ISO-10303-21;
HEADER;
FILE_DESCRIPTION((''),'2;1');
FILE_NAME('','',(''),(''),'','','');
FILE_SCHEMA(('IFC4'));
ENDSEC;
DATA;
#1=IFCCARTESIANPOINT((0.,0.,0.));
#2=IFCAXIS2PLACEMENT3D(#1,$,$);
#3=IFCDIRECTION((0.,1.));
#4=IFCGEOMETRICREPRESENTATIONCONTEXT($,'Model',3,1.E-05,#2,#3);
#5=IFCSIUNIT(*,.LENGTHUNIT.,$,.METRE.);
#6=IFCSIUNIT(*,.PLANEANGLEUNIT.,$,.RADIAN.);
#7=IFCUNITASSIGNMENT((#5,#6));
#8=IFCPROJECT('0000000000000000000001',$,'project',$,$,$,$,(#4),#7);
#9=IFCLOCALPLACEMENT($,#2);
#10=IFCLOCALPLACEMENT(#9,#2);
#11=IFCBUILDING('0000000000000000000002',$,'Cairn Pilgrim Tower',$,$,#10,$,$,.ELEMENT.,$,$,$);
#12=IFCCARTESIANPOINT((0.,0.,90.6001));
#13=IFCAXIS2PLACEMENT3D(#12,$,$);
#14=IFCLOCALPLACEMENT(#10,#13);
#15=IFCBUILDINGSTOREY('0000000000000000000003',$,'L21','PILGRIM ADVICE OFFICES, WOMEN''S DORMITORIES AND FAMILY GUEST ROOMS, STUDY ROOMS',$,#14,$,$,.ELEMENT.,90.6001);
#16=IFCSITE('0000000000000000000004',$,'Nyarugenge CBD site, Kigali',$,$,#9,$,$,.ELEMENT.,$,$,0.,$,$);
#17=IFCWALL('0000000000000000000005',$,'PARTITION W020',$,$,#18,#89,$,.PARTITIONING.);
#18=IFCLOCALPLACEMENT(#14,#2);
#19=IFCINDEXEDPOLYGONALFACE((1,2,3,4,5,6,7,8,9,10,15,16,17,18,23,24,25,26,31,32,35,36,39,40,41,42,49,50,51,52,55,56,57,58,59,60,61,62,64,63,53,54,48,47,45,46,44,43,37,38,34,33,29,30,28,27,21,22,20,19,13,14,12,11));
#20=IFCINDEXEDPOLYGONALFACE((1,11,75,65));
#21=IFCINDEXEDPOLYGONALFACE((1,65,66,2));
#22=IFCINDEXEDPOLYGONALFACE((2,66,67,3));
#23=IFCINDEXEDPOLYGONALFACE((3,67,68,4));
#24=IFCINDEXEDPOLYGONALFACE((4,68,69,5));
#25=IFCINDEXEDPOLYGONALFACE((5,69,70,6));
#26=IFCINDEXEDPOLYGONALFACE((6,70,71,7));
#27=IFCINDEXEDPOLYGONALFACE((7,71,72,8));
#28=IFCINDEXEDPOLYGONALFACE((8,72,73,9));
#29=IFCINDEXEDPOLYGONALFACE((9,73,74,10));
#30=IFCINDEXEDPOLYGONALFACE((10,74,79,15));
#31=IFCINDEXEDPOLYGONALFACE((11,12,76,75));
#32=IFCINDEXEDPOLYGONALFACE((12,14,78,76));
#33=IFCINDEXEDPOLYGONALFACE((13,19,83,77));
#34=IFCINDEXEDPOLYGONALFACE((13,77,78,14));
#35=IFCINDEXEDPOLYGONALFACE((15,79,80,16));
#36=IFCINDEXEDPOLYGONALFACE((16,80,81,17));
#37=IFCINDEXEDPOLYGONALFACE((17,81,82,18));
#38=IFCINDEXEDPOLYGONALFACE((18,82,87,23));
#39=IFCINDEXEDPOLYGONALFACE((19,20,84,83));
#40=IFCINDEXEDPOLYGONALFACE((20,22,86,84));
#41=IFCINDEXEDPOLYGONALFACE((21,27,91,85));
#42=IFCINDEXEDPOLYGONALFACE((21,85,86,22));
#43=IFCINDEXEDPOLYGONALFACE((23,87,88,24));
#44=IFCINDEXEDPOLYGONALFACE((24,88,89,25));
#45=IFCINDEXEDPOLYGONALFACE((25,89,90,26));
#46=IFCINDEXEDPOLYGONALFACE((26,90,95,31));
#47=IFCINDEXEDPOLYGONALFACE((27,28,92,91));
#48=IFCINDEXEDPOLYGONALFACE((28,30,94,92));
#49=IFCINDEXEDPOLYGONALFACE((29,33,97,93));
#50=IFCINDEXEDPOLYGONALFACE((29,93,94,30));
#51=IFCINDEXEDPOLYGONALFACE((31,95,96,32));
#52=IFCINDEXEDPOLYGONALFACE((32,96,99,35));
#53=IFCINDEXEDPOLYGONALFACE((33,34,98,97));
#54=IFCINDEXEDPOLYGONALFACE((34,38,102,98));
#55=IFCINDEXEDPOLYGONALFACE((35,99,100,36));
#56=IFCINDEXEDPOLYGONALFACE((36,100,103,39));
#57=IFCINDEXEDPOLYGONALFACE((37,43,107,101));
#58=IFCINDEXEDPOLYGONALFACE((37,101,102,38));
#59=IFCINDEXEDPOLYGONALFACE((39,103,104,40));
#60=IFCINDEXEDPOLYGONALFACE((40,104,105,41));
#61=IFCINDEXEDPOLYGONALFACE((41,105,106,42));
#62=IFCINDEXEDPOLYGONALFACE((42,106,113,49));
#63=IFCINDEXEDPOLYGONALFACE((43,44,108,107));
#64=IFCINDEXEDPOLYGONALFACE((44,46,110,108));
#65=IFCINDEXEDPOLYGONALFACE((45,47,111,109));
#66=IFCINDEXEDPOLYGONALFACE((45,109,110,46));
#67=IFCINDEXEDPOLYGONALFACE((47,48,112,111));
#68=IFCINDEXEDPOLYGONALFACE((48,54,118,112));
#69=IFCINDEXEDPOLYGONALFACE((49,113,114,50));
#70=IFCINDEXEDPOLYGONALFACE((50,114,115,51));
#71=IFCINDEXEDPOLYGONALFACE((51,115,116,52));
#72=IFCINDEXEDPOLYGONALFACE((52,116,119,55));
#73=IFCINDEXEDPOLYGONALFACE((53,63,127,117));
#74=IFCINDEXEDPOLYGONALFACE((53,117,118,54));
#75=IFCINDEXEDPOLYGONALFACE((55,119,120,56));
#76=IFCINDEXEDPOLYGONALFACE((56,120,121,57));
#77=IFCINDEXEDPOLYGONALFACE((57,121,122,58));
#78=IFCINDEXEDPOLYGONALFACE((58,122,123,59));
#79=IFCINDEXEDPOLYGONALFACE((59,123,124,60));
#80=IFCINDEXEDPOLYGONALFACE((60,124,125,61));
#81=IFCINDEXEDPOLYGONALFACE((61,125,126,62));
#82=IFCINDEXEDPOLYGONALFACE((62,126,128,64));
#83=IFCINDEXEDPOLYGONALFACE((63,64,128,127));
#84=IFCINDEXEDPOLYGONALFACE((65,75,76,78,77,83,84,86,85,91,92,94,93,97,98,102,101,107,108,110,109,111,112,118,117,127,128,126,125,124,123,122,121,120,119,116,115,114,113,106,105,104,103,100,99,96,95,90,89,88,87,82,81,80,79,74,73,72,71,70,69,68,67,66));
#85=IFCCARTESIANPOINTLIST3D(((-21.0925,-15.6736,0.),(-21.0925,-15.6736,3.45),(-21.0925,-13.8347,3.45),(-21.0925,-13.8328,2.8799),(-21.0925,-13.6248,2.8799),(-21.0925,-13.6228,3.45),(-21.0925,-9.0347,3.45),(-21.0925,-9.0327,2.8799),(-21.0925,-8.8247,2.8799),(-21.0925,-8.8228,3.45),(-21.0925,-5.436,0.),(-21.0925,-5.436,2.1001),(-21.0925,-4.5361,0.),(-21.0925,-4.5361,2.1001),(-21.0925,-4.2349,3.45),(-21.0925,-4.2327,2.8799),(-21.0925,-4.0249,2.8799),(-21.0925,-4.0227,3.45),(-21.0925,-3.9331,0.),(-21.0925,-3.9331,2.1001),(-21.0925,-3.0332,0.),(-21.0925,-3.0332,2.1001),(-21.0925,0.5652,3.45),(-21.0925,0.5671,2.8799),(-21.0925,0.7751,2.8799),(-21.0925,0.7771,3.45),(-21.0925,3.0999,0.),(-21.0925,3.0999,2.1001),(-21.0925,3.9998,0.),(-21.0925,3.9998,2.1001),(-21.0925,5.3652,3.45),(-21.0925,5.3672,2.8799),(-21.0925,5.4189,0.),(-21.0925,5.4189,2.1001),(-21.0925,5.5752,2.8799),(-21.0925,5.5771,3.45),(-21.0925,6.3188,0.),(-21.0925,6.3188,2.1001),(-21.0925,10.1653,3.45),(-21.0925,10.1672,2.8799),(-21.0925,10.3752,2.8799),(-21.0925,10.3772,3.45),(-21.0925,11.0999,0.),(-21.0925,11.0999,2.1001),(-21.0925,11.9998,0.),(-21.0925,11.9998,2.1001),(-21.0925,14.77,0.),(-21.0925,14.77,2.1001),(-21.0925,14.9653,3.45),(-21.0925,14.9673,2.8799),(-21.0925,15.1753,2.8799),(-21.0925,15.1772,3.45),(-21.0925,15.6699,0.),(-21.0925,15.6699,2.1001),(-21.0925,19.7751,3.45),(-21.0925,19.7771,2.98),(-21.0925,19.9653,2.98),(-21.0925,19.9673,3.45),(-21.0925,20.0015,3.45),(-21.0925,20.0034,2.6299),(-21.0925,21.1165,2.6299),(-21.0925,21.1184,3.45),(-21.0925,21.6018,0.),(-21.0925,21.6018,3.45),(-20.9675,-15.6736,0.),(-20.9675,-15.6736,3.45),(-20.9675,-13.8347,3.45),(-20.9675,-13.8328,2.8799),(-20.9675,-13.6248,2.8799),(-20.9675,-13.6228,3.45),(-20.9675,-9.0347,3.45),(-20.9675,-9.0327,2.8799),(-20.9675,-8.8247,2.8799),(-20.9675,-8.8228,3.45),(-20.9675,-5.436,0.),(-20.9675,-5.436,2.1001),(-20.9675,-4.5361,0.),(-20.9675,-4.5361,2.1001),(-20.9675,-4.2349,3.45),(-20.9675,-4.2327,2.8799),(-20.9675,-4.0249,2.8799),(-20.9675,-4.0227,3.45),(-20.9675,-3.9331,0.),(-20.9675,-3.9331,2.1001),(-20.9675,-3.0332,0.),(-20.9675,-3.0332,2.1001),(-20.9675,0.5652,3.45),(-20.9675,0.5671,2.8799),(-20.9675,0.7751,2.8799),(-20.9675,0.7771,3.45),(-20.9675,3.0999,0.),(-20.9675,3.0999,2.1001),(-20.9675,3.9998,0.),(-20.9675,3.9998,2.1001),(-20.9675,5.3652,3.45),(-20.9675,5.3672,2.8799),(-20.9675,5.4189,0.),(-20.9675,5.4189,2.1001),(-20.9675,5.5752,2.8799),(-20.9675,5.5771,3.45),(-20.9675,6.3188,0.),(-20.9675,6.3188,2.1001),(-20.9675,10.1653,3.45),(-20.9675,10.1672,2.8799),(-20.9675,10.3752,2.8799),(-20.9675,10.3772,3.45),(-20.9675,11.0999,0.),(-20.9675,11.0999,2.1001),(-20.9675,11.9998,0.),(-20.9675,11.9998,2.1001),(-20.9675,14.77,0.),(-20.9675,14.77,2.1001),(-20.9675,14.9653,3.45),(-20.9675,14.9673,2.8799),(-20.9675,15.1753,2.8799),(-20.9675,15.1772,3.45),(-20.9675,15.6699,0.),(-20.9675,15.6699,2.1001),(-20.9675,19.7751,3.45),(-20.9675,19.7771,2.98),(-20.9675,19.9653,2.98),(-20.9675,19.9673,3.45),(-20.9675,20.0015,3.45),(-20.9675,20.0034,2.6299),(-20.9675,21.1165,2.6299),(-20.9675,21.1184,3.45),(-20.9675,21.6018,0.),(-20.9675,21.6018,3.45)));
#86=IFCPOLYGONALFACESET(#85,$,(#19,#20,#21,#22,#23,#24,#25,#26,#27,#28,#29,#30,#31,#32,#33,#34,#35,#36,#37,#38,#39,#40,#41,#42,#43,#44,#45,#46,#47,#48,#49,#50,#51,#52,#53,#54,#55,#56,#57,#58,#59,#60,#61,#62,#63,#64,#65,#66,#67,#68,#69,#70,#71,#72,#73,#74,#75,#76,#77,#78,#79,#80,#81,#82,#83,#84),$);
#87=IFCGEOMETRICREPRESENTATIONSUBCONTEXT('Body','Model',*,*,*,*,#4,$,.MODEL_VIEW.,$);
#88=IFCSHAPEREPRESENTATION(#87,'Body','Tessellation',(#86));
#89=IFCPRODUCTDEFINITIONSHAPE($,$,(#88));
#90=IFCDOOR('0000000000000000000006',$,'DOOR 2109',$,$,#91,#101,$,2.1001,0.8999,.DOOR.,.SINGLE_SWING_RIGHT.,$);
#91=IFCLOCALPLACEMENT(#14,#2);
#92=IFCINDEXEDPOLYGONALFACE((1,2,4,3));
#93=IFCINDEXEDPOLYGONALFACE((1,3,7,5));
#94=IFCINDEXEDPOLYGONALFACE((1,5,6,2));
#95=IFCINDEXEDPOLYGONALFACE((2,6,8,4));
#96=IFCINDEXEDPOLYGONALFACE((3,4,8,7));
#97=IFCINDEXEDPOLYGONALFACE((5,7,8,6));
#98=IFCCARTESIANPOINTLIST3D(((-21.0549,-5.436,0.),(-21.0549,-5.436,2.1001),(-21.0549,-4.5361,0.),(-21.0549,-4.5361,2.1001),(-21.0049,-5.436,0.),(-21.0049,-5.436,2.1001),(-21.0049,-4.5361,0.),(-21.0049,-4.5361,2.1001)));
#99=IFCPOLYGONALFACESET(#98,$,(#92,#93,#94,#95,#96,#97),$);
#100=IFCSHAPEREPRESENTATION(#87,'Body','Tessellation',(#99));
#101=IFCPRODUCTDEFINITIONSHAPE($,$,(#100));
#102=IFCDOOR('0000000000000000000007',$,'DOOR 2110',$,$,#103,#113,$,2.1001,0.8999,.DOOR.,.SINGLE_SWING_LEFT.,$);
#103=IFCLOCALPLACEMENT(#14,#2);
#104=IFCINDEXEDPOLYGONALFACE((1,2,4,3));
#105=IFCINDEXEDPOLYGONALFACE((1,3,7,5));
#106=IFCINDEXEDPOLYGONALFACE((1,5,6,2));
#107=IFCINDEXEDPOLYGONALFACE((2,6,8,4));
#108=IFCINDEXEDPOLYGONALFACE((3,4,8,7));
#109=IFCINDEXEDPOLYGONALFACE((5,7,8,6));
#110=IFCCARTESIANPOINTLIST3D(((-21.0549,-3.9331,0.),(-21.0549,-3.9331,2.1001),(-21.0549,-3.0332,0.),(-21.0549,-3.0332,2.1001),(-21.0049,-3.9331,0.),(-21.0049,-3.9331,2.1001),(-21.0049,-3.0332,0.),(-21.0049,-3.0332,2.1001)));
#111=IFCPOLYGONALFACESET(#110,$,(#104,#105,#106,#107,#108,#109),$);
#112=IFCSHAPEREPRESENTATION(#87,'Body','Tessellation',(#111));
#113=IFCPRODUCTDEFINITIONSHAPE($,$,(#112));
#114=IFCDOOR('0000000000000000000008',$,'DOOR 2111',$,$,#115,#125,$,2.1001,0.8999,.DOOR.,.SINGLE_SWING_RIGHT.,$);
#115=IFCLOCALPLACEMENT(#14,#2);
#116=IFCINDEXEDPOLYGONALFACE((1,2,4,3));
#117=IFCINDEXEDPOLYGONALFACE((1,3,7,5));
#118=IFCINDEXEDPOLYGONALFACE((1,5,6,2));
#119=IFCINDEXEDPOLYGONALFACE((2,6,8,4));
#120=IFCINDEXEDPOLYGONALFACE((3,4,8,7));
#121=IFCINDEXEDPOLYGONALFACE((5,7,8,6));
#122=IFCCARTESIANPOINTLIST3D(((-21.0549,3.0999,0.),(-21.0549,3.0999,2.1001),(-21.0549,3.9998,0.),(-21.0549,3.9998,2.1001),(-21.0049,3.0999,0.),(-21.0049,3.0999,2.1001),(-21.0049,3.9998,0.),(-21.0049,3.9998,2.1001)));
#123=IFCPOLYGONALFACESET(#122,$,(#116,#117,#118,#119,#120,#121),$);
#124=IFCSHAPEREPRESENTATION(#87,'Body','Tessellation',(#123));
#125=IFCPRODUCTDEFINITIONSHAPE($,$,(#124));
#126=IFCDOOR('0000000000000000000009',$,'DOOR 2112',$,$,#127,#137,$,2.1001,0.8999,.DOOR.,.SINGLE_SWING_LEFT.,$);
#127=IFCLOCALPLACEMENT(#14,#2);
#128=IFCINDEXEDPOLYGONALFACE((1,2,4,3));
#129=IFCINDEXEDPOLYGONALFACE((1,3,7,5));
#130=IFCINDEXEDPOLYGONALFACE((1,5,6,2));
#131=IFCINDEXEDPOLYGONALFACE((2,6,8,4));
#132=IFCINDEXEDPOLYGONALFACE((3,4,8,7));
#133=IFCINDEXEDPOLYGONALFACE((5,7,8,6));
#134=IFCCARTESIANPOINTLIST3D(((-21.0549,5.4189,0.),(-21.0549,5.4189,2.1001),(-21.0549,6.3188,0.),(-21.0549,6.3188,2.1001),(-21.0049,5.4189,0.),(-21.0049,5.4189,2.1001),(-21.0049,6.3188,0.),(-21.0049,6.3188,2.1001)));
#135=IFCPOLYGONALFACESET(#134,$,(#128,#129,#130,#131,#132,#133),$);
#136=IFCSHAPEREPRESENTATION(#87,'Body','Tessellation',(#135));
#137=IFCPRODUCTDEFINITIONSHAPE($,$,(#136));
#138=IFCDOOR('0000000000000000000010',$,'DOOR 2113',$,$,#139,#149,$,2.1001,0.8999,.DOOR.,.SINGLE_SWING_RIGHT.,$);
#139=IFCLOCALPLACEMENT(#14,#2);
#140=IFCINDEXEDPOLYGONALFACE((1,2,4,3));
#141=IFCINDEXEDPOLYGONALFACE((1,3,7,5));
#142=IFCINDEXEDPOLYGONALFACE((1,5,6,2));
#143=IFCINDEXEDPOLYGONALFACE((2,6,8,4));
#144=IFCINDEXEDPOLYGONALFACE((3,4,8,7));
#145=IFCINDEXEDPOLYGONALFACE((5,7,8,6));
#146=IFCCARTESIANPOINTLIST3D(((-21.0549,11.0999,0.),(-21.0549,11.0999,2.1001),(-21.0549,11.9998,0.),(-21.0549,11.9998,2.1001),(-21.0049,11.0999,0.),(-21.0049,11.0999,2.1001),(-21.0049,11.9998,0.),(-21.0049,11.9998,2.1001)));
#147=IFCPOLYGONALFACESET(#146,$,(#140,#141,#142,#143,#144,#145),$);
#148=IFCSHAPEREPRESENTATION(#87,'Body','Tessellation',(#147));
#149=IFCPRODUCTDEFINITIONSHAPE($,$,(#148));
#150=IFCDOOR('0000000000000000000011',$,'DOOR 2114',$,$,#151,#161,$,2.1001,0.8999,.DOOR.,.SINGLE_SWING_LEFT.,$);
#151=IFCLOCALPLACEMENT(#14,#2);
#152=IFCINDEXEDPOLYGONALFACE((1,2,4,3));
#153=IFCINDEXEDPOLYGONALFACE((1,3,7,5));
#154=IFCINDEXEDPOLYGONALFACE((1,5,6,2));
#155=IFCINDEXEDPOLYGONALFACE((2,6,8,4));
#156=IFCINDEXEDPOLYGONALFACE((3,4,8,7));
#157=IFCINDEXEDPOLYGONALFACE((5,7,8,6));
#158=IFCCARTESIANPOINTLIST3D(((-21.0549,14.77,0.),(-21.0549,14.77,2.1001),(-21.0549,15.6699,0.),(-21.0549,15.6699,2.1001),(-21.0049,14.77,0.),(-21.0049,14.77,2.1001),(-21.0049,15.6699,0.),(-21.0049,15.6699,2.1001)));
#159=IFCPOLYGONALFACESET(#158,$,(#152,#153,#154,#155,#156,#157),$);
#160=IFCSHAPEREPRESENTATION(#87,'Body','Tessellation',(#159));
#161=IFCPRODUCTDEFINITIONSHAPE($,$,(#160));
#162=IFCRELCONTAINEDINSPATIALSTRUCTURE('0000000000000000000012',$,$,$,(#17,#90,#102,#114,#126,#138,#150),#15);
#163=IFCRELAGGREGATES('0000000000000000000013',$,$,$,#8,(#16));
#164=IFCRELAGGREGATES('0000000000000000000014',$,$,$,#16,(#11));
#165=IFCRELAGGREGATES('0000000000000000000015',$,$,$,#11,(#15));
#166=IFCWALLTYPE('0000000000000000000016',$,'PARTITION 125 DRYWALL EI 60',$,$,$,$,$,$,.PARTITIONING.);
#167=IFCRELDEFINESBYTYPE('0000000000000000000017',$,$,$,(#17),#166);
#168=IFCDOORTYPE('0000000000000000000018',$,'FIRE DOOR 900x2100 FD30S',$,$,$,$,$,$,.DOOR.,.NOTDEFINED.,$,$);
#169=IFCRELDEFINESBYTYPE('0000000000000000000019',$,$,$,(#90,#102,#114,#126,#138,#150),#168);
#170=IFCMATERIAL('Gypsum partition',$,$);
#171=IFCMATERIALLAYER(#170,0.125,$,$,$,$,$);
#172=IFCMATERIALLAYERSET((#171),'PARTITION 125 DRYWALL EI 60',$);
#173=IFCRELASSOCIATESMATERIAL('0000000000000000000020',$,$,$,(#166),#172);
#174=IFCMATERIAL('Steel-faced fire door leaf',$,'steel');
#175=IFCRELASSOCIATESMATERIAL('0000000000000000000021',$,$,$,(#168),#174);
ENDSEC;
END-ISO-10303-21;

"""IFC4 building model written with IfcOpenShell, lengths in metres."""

from ifc_helpers import new_model, si_unit, direction, frame, frame_2d, origin, place, context, subcontext, project, spatial, polyline, rectangle, outline, extrude, material, layer, layer_set, type_object, element, fill, save


model = new_model("IFC4")

# Units and contexts
model_context = context("Model", 3, precision=1e-05, world=origin(), true_north=direction((0.0, 1.0)))
body_context = subcontext(model_context, "Body", "Model", "MODEL_VIEW")
ifc_project = project(units=[si_unit("LENGTHUNIT", "METRE"), si_unit("PLANEANGLEUNIT", "RADIAN")], contexts=[model_context])

# Site, building, storey
site_placement = place(None, origin())
site = spatial("IfcSite", under=ifc_project, at=site_placement, Name="Nyarugenge CBD site, Kigali", CompositionType="ELEMENT", RefElevation=0.0)
building_placement = place(site_placement, origin())
building = spatial("IfcBuilding", under=site, at=building_placement, Name="Cairn Pilgrim Tower", CompositionType="ELEMENT")
storey_placement = place(building_placement, frame((0.0, 0.0, 90.6001)))
storey = spatial("IfcBuildingStorey", under=building, at=storey_placement, Name="L21", Description="PILGRIM ADVICE OFFICES, WOMEN'S DORMITORIES AND FAMILY GUEST ROOMS, STUDY ROOMS", CompositionType="ELEMENT", Elevation=90.6001)

# Wall, openings, doors
ifc_material_1 = material(Name="Gypsum partition")
ifc_layer_1 = layer(ifc_material_1, 0.125)
ifc_layer_set_1 = layer_set([ifc_layer_1], Name="PARTITION 125 DRYWALL EI 60")
wall_type_1 = type_object("IfcWallType", Name="PARTITION 125 DRYWALL EI 60", PredefinedType="PARTITIONING", material=ifc_layer_set_1)
wall_1_placement = place(storey_placement, frame((-21.03, -15.6736, 0.0), z_axis=(0.0, 0.0, 1.0), x_axis=(0.0, 1.0, 0.0)))
wall_1 = element("IfcWall", 1, at=wall_1_placement, inside=storey, type_object=wall_type_1, Name="PARTITION W020", PredefinedType="PARTITIONING", context=body_context, shape_type="SweptSolid", body=[
    extrude(outline(polyline([(0.0, 0.0), (37.2754, 0.0), (37.2754, 3.45), (36.792, 3.45), (36.79, 2.6299), (35.677, 2.6299), (35.675, 3.45), (35.6409, 3.45), (35.6389, 2.98), (35.4507, 2.98), (35.4487, 3.45), (30.8508, 3.45), (30.8489, 2.8799), (30.6409, 2.8799), (30.6389, 3.45), (26.0508, 3.45), (26.0488, 2.8799), (25.8408, 2.8799), (25.8389, 3.45), (21.2507, 3.45), (21.2488, 2.8799), (21.0408, 2.8799), (21.0388, 3.45), (16.4507, 3.45), (16.4487, 2.8799), (16.2407, 2.8799), (16.2388, 3.45), (11.6509, 3.45), (11.6487, 2.8799), (11.4409, 2.8799), (11.4387, 3.45), (6.8508, 3.45), (6.8489, 2.8799), (6.6409, 2.8799), (6.6389, 3.45), (2.0508, 3.45), (2.0488, 2.8799), (1.8408, 2.8799), (1.8389, 3.45), (0.0, 3.45), (0.0, 0.0)])), frame((0.0, 0.0625, 0.0), z_axis=(0.0, -1.0, 0.0), x_axis=(1.0, 0.0, 0.0)), (0.0, 0.0, 1.0), 0.125),
])
opening_1_placement = place(wall_1_placement, frame((10.2375, 0.0, 0.0)))
opening_1 = element("IfcOpeningElement", 2, at=opening_1_placement, cuts=wall_1, PredefinedType="OPENING", context=body_context, shape_type="SweptSolid", body=[
    extrude(rectangle(XDim=0.8999, YDim=2.1001, at=frame_2d((0.45, 1.05))), frame((0.0, 0.0725, 0.0), z_axis=(0.0, -1.0, 0.0), x_axis=(1.0, 0.0, 0.0)), (0.0, 0.0, 1.0), 0.145),
])
opening_2_placement = place(wall_1_placement, frame((11.7405, 0.0, 0.0)))
opening_2 = element("IfcOpeningElement", 3, at=opening_2_placement, cuts=wall_1, PredefinedType="OPENING", context=body_context, shape_type="SweptSolid", body=[
    extrude(rectangle(XDim=0.8999, YDim=2.1001, at=frame_2d((0.45, 1.05))), frame((0.0, 0.0725, 0.0), z_axis=(0.0, -1.0, 0.0), x_axis=(1.0, 0.0, 0.0)), (0.0, 0.0, 1.0), 0.145),
])
opening_3_placement = place(wall_1_placement, frame((18.7734, 0.0, 0.0)))
opening_3 = element("IfcOpeningElement", 4, at=opening_3_placement, cuts=wall_1, PredefinedType="OPENING", context=body_context, shape_type="SweptSolid", body=[
    extrude(rectangle(XDim=0.8999, YDim=2.1001, at=frame_2d((0.45, 1.05))), frame((0.0, 0.0725, 0.0), z_axis=(0.0, -1.0, 0.0), x_axis=(1.0, 0.0, 0.0)), (0.0, 0.0, 1.0), 0.145),
])
opening_4_placement = place(wall_1_placement, frame((21.0925, 0.0, 0.0)))
opening_4 = element("IfcOpeningElement", 5, at=opening_4_placement, cuts=wall_1, PredefinedType="OPENING", context=body_context, shape_type="SweptSolid", body=[
    extrude(rectangle(XDim=0.8999, YDim=2.1001, at=frame_2d((0.45, 1.05))), frame((0.0, 0.0725, 0.0), z_axis=(0.0, -1.0, 0.0), x_axis=(1.0, 0.0, 0.0)), (0.0, 0.0, 1.0), 0.145),
])
opening_5_placement = place(wall_1_placement, frame((26.7734, 0.0, 0.0)))
opening_5 = element("IfcOpeningElement", 6, at=opening_5_placement, cuts=wall_1, PredefinedType="OPENING", context=body_context, shape_type="SweptSolid", body=[
    extrude(rectangle(XDim=0.8999, YDim=2.1001, at=frame_2d((0.45, 1.05))), frame((0.0, 0.0725, 0.0), z_axis=(0.0, -1.0, 0.0), x_axis=(1.0, 0.0, 0.0)), (0.0, 0.0, 1.0), 0.145),
])
opening_6_placement = place(wall_1_placement, frame((30.4436, 0.0, 0.0)))
opening_6 = element("IfcOpeningElement", 7, at=opening_6_placement, cuts=wall_1, PredefinedType="OPENING", context=body_context, shape_type="SweptSolid", body=[
    extrude(rectangle(XDim=0.8999, YDim=2.1001, at=frame_2d((0.45, 1.05))), frame((0.0, 0.0725, 0.0), z_axis=(0.0, -1.0, 0.0), x_axis=(1.0, 0.0, 0.0)), (0.0, 0.0, 1.0), 0.145),
])
ifc_material_2 = material(Name="Steel-faced fire door leaf", Category="steel")
door_type_1 = type_object("IfcDoorType", Name="FIRE DOOR 900x2100 FD30S", OperationType="NOTDEFINED", PredefinedType="DOOR", material=ifc_material_2)
door_1_placement = place(opening_1_placement, origin())
door_1 = element("IfcDoor", 8, at=door_1_placement, inside=storey, type_object=door_type_1, Name="DOOR 2109", OperationType="SINGLE_SWING_RIGHT", OverallHeight=2.1001, OverallWidth=0.8999, PredefinedType="DOOR", context=body_context, shape_type="SweptSolid", body=[
    extrude(rectangle(XDim=0.8999, YDim=2.1001, at=frame_2d((0.45, 1.05))), frame((0.0, 0.0249, 0.0), z_axis=(0.0, -1.0, 0.0), x_axis=(1.0, 0.0, 0.0)), (0.0, 0.0, 1.0), 0.05),
])
fill(opening_1, door_1)
door_2_placement = place(opening_2_placement, origin())
door_2 = element("IfcDoor", 9, at=door_2_placement, inside=storey, type_object=door_type_1, Name="DOOR 2110", OperationType="SINGLE_SWING_LEFT", OverallHeight=2.1001, OverallWidth=0.8999, PredefinedType="DOOR", context=body_context, shape_type="SweptSolid", body=[
    extrude(rectangle(XDim=0.8999, YDim=2.1001, at=frame_2d((0.45, 1.05))), frame((0.0, 0.0249, 0.0), z_axis=(0.0, -1.0, 0.0), x_axis=(1.0, 0.0, 0.0)), (0.0, 0.0, 1.0), 0.05),
])
fill(opening_2, door_2)
door_3_placement = place(opening_3_placement, origin())
door_3 = element("IfcDoor", 10, at=door_3_placement, inside=storey, type_object=door_type_1, Name="DOOR 2111", OperationType="SINGLE_SWING_RIGHT", OverallHeight=2.1001, OverallWidth=0.8999, PredefinedType="DOOR", context=body_context, shape_type="SweptSolid", body=[
    extrude(rectangle(XDim=0.8999, YDim=2.1001, at=frame_2d((0.45, 1.05))), frame((0.0, 0.0249, 0.0), z_axis=(0.0, -1.0, 0.0), x_axis=(1.0, 0.0, 0.0)), (0.0, 0.0, 1.0), 0.05),
])
fill(opening_3, door_3)
door_4_placement = place(opening_4_placement, origin())
door_4 = element("IfcDoor", 11, at=door_4_placement, inside=storey, type_object=door_type_1, Name="DOOR 2112", OperationType="SINGLE_SWING_LEFT", OverallHeight=2.1001, OverallWidth=0.8999, PredefinedType="DOOR", context=body_context, shape_type="SweptSolid", body=[
    extrude(rectangle(XDim=0.8999, YDim=2.1001, at=frame_2d((0.45, 1.05))), frame((0.0, 0.0249, 0.0), z_axis=(0.0, -1.0, 0.0), x_axis=(1.0, 0.0, 0.0)), (0.0, 0.0, 1.0), 0.05),
])
fill(opening_4, door_4)
door_5_placement = place(opening_5_placement, origin())
door_5 = element("IfcDoor", 12, at=door_5_placement, inside=storey, type_object=door_type_1, Name="DOOR 2113", OperationType="SINGLE_SWING_RIGHT", OverallHeight=2.1001, OverallWidth=0.8999, PredefinedType="DOOR", context=body_context, shape_type="SweptSolid", body=[
    extrude(rectangle(XDim=0.8999, YDim=2.1001, at=frame_2d((0.45, 1.05))), frame((0.0, 0.0249, 0.0), z_axis=(0.0, -1.0, 0.0), x_axis=(1.0, 0.0, 0.0)), (0.0, 0.0, 1.0), 0.05),
])
fill(opening_5, door_5)
door_6_placement = place(opening_6_placement, origin())
door_6 = element("IfcDoor", 13, at=door_6_placement, inside=storey, type_object=door_type_1, Name="DOOR 2114", OperationType="SINGLE_SWING_LEFT", OverallHeight=2.1001, OverallWidth=0.8999, PredefinedType="DOOR", context=body_context, shape_type="SweptSolid", body=[
    extrude(rectangle(XDim=0.8999, YDim=2.1001, at=frame_2d((0.45, 1.05))), frame((0.0, 0.0249, 0.0), z_axis=(0.0, -1.0, 0.0), x_axis=(1.0, 0.0, 0.0)), (0.0, 0.0, 1.0), 0.05),
])
fill(opening_6, door_6)

save(model, "model.ifc")
